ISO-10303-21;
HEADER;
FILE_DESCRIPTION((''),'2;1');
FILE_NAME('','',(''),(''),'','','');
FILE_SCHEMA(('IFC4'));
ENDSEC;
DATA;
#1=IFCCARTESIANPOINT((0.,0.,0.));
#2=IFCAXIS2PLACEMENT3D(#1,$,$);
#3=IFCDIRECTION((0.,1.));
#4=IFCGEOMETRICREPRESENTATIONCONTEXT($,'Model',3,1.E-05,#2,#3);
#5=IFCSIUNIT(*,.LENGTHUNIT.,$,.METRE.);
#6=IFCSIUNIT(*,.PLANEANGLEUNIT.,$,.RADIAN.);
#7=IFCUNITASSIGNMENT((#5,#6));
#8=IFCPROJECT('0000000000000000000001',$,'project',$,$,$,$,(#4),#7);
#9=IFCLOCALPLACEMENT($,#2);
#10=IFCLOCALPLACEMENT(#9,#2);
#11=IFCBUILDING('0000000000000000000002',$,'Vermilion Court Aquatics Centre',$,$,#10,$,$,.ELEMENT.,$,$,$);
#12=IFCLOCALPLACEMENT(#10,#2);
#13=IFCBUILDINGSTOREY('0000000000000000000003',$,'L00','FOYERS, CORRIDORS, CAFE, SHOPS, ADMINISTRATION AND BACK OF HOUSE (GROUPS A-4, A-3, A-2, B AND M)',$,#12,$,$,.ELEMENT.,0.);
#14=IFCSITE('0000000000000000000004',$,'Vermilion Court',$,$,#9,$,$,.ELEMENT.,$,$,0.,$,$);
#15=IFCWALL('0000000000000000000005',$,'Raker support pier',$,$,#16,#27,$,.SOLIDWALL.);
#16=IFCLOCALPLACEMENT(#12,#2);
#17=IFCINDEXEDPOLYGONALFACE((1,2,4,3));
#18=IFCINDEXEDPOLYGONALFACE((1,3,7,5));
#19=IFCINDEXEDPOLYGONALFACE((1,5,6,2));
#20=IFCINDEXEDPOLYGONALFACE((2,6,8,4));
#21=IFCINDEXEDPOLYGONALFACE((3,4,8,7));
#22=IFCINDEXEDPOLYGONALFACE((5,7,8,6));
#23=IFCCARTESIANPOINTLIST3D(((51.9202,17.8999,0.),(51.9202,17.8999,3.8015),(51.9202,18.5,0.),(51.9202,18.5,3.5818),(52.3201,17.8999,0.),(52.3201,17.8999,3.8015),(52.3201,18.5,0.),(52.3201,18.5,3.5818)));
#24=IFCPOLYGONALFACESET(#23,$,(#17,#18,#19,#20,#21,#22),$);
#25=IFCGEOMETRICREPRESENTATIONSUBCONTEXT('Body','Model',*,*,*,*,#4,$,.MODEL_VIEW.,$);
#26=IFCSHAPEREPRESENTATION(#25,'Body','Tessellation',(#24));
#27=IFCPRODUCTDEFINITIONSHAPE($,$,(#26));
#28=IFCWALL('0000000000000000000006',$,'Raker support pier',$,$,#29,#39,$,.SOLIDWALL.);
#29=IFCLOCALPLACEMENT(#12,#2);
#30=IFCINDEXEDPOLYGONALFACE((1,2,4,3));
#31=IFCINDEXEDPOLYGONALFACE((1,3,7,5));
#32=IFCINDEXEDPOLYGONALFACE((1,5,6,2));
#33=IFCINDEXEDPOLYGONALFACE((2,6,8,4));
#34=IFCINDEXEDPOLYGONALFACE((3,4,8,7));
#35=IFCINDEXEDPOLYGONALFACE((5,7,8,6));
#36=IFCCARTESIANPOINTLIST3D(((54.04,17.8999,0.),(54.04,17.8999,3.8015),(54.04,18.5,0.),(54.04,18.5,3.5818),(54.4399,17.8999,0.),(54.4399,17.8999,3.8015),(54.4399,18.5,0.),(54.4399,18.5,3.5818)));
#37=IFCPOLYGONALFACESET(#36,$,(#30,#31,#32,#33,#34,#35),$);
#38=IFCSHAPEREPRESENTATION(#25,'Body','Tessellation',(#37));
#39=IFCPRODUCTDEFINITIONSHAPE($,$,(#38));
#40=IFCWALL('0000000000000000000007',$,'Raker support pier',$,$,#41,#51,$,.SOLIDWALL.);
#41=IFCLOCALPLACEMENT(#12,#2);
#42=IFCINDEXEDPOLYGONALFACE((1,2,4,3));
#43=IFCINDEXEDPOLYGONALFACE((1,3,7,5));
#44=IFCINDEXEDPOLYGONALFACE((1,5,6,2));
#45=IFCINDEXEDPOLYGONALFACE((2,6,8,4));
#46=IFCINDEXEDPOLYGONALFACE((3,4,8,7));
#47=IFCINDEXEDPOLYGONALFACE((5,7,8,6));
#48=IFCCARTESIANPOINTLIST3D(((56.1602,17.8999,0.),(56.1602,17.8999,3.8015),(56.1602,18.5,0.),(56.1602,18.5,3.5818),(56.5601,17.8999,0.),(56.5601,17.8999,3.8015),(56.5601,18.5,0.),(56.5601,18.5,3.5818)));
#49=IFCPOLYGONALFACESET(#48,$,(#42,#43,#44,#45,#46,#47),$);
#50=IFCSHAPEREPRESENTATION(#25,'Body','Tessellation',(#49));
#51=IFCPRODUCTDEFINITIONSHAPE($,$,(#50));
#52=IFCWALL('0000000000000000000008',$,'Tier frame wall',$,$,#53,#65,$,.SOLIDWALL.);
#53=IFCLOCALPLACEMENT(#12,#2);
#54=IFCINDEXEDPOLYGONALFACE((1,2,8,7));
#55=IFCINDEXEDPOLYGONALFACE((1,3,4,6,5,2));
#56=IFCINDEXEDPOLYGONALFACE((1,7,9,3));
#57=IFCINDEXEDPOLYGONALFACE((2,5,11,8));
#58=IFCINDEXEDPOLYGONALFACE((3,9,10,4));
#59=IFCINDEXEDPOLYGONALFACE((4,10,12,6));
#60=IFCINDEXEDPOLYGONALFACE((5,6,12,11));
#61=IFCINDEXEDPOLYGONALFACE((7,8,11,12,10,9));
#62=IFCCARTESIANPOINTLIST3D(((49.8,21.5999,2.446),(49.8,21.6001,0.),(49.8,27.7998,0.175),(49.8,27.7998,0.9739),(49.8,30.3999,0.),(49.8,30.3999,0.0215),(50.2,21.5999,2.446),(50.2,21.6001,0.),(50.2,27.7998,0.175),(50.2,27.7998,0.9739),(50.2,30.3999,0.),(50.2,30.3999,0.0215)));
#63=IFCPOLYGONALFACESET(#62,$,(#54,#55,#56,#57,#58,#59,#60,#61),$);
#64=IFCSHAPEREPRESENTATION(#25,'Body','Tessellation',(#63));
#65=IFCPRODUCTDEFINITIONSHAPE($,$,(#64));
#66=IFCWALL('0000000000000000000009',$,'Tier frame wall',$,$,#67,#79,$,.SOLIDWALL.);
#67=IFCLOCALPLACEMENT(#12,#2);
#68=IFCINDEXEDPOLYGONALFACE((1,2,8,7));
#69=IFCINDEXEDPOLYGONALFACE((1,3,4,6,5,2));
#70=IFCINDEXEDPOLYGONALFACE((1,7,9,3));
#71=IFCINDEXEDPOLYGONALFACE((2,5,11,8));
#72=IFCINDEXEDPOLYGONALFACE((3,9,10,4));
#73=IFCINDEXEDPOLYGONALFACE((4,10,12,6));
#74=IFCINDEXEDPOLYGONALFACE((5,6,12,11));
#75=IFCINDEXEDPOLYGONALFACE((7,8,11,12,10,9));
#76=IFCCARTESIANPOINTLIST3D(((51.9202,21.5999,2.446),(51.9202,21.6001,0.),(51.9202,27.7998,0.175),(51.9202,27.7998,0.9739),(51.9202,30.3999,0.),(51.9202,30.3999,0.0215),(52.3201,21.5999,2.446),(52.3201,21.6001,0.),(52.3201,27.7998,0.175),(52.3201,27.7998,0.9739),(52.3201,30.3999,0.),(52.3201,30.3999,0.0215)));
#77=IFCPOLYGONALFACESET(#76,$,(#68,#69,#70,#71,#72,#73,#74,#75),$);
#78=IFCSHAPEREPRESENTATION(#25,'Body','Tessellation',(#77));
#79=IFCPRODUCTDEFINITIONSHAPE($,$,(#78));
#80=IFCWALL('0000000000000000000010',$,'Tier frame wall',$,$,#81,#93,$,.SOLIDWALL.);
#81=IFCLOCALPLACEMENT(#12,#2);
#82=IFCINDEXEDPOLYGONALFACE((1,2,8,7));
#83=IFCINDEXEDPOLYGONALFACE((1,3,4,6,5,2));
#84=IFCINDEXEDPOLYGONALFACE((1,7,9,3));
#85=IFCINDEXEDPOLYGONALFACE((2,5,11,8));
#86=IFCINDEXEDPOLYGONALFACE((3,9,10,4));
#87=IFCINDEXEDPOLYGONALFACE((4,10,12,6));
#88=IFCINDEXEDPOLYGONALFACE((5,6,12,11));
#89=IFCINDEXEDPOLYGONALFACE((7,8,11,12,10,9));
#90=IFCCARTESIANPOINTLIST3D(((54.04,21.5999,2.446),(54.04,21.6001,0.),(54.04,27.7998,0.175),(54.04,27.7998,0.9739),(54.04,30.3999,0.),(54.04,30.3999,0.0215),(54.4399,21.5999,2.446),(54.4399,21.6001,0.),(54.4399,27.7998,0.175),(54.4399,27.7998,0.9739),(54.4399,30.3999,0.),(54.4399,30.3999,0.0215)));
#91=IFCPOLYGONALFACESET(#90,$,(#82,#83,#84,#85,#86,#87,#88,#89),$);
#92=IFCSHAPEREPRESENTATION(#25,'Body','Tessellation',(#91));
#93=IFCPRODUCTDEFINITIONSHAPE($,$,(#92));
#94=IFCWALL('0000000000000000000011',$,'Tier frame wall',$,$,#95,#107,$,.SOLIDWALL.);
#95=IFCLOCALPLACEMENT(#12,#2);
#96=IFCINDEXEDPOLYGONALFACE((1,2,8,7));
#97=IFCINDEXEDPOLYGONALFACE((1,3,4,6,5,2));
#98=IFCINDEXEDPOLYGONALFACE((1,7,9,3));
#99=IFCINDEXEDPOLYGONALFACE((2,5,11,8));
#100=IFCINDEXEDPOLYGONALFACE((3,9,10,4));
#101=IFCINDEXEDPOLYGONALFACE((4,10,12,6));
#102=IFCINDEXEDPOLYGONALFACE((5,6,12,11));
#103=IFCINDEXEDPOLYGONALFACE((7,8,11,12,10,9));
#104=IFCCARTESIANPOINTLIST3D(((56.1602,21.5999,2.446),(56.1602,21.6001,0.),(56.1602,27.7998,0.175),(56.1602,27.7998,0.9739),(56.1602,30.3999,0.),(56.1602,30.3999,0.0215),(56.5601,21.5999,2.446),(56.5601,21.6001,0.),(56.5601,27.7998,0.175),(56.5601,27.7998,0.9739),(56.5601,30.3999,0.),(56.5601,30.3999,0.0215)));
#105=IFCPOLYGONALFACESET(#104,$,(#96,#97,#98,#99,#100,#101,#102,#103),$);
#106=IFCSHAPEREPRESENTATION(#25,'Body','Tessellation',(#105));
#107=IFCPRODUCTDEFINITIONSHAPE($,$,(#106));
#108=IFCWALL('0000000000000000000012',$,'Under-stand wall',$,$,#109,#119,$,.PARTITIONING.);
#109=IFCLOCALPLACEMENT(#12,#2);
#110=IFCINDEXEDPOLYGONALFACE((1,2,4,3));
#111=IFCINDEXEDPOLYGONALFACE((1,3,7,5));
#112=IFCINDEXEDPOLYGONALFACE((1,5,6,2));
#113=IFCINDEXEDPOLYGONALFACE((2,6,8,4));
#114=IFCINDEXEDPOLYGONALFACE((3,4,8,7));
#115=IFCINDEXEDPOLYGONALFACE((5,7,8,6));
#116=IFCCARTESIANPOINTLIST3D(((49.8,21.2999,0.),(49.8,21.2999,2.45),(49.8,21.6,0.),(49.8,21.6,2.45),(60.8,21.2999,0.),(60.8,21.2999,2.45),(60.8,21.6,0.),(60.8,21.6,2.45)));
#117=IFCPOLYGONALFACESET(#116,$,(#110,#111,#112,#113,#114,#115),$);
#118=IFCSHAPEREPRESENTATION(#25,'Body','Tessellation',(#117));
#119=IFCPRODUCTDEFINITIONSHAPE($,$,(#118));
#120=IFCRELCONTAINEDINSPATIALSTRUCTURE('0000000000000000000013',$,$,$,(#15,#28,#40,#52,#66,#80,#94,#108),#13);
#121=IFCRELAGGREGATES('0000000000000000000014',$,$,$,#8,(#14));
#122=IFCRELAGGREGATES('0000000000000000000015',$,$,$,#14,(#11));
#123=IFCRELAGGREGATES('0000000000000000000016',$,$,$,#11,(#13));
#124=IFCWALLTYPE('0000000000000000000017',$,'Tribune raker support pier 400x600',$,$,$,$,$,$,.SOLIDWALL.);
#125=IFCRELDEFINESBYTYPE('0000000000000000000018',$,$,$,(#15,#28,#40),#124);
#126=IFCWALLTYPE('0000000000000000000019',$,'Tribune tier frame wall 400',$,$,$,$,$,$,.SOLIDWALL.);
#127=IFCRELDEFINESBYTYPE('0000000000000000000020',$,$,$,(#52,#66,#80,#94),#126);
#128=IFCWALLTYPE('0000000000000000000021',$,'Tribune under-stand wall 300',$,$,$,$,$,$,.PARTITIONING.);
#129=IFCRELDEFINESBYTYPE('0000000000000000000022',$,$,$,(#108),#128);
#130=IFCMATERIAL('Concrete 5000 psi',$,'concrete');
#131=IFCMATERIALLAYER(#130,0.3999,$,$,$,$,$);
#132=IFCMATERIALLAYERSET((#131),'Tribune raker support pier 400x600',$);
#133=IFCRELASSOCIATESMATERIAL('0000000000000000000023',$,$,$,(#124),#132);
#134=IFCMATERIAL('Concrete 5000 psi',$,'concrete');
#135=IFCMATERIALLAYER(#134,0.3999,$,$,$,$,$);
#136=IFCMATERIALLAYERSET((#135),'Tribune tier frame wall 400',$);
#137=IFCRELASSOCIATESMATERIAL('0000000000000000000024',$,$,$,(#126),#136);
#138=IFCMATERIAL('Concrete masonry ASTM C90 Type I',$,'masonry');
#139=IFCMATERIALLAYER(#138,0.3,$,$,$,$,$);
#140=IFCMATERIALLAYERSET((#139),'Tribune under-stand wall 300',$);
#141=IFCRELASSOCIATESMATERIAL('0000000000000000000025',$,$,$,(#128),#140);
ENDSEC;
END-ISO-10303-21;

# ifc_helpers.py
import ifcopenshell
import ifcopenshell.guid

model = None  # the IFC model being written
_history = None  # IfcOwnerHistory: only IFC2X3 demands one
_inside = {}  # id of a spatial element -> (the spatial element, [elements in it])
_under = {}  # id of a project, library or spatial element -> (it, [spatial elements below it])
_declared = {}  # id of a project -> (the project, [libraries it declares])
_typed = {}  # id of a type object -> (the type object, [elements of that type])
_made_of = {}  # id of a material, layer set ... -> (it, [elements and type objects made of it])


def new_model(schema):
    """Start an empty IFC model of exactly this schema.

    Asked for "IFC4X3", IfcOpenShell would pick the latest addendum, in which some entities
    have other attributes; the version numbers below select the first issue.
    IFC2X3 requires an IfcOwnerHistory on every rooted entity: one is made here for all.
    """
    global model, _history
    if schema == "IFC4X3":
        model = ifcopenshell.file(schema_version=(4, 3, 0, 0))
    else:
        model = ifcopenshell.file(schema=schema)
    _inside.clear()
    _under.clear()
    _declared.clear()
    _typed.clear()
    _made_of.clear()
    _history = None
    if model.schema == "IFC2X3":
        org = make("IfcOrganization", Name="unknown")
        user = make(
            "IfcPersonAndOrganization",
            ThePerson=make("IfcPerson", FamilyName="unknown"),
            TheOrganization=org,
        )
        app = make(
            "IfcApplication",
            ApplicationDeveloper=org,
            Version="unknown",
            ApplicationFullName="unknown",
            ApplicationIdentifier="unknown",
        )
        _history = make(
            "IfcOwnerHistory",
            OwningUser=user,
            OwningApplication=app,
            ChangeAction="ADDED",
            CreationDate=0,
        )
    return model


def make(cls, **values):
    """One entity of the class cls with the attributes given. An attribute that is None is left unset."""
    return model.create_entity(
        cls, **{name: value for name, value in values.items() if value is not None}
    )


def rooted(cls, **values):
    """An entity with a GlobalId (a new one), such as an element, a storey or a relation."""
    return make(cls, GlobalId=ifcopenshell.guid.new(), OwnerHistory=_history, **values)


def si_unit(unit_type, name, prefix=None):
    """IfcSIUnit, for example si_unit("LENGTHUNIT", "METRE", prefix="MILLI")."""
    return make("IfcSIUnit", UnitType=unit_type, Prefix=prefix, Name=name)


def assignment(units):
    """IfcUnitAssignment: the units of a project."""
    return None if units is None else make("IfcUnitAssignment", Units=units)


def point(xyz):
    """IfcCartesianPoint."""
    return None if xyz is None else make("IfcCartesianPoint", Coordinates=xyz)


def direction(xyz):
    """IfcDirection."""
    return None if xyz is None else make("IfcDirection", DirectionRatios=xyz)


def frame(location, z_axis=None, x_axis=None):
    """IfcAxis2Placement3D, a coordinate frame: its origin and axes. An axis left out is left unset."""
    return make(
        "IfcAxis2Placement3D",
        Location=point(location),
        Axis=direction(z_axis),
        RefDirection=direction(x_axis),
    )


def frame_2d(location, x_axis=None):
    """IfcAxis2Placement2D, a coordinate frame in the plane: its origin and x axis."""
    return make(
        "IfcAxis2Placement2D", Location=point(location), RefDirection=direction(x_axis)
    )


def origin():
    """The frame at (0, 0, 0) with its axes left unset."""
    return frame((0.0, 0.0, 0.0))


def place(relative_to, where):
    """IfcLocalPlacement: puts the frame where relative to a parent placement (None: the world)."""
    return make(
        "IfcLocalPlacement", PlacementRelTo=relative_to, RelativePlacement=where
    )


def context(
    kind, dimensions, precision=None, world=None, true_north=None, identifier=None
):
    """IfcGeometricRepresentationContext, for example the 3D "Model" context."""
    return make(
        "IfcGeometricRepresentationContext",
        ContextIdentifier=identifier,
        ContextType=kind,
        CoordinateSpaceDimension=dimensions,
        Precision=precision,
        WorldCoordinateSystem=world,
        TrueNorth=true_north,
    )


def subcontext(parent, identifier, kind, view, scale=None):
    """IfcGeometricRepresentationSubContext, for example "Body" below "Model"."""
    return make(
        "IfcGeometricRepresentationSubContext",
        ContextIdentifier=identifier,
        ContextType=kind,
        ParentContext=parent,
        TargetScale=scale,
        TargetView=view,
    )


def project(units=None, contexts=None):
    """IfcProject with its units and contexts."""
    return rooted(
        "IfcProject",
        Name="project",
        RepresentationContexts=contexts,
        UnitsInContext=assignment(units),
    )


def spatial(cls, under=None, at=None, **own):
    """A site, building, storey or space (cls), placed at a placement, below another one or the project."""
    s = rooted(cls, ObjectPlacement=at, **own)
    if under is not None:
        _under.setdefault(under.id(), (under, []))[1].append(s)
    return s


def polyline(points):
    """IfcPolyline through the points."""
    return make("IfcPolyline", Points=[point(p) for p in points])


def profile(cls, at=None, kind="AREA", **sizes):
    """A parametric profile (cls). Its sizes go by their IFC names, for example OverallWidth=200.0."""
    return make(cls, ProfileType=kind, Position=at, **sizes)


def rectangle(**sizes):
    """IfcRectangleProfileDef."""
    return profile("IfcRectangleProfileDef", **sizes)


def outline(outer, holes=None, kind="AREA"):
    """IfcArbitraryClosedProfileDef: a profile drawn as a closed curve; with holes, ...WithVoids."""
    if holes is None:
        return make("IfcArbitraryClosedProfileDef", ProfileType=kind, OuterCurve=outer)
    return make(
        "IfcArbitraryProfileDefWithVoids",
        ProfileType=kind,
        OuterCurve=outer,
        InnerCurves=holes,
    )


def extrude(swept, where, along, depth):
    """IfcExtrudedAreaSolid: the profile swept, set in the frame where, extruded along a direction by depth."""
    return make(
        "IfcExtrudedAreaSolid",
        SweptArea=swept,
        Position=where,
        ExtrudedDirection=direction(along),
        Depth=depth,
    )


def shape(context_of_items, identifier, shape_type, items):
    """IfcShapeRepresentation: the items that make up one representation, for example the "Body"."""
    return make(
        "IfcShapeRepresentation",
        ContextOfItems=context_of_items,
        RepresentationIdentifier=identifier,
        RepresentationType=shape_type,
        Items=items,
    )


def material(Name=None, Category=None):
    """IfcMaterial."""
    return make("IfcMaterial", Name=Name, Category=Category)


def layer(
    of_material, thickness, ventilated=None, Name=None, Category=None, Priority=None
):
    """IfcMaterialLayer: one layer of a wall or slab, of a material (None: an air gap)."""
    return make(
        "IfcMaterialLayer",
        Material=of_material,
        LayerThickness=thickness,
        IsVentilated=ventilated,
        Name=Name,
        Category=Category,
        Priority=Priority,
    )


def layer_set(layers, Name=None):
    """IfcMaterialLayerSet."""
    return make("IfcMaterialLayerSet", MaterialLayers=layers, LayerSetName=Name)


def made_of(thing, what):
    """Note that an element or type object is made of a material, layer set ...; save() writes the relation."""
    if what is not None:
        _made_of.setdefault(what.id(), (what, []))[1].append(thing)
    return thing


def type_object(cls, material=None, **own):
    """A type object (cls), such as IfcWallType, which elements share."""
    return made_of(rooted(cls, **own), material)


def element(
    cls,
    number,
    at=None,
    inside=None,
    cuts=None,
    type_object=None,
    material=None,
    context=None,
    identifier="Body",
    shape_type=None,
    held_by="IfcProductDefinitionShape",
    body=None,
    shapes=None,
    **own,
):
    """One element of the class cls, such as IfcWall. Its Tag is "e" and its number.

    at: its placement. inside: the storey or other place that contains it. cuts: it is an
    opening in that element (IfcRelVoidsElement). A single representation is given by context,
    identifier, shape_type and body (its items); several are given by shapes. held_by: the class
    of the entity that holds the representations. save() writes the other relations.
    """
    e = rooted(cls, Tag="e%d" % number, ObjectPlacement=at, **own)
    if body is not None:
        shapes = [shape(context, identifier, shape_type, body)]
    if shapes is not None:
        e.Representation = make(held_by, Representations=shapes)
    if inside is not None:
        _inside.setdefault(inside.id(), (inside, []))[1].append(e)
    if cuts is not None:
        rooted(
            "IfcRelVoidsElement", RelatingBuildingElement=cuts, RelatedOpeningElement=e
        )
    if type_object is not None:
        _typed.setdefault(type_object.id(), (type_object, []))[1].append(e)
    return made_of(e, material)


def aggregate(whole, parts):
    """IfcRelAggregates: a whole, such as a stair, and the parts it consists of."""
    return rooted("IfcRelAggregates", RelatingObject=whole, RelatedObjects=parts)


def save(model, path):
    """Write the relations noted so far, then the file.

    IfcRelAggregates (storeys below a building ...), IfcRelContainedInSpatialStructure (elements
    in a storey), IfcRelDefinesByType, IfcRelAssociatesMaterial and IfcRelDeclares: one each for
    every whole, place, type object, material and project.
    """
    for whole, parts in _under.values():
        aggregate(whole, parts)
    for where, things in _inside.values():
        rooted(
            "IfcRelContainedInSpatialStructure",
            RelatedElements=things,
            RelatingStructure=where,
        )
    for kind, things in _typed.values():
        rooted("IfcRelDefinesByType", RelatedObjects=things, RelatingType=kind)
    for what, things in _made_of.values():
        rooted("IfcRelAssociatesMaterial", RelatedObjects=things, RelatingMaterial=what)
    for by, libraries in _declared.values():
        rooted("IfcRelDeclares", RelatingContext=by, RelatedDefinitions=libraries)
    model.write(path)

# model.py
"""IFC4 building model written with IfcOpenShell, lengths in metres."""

from ifc_helpers import new_model, si_unit, direction, frame, frame_2d, origin, place, context, subcontext, project, spatial, polyline, rectangle, outline, extrude, material, layer, layer_set, type_object, element, save


model = new_model("IFC4")

# Units and contexts
model_context = context("Model", 3, precision=1e-05, world=origin(), true_north=direction((0.0, 1.0)))
body_context = subcontext(model_context, "Body", "Model", "MODEL_VIEW")
ifc_project = project(units=[si_unit("LENGTHUNIT", "METRE"), si_unit("PLANEANGLEUNIT", "RADIAN")], contexts=[model_context])

# Site, building, storey
site_placement = place(None, origin())
site = spatial("IfcSite", under=ifc_project, at=site_placement, Name="Vermilion Court", CompositionType="ELEMENT", RefElevation=0.0)
building_placement = place(site_placement, origin())
building = spatial("IfcBuilding", under=site, at=building_placement, Name="Vermilion Court Aquatics Centre", CompositionType="ELEMENT")
storey_placement = place(building_placement, origin())
storey = spatial("IfcBuildingStorey", under=building, at=storey_placement, Name="L00", Description="FOYERS, CORRIDORS, CAFE, SHOPS, ADMINISTRATION AND BACK OF HOUSE (GROUPS A-4, A-3, A-2, B AND M)", CompositionType="ELEMENT", Elevation=0.0)

# Walls
ifc_material_1 = material(Name="Concrete 5000 psi", Category="concrete")
ifc_layer_1 = layer(ifc_material_1, 0.3999)
ifc_layer_set_1 = layer_set([ifc_layer_1], Name="Tribune raker support pier 400x600")
wall_type_1 = type_object("IfcWallType", Name="Tribune raker support pier 400x600", PredefinedType="SOLIDWALL", material=ifc_layer_set_1)
for number, where, z_axis, x_axis, name in (
    (1, (52.1201, 18.5, 0.0), (0.0, 0.0, 1.0), (0.0, -1.0, 0.0), "Raker support pier"),
    (2, (54.24, 18.5, 0.0), (0.0, 0.0, 1.0), (0.0, -1.0, 0.0), "Raker support pier"),
    (3, (56.3601, 18.5, 0.0), (0.0, 0.0, 1.0), (0.0, -1.0, 0.0), "Raker support pier"),
):
    element("IfcWall", number, at=place(storey_placement, frame(where, z_axis=z_axis, x_axis=x_axis)), inside=storey, type_object=wall_type_1, Name=name, PredefinedType="SOLIDWALL", context=body_context, shape_type="SweptSolid", body=[
        extrude(outline(polyline([(0.0, 0.0), (0.6001, 0.0), (0.6001, 3.8015), (0.0, 3.5818), (0.0, 0.0)])), frame((0.0, 0.2, 0.0), z_axis=(0.0, -1.0, 0.0), x_axis=(1.0, 0.0, 0.0)), (0.0, 0.0, 1.0), 0.3999),
    ])
ifc_material_2 = material(Name="Concrete 5000 psi", Category="concrete")
ifc_layer_2 = layer(ifc_material_2, 0.3999)
ifc_layer_set_2 = layer_set([ifc_layer_2], Name="Tribune tier frame wall 400")
wall_type_2 = type_object("IfcWallType", Name="Tribune tier frame wall 400", PredefinedType="SOLIDWALL", material=ifc_layer_set_2)
for number, where, z_axis, x_axis, name in (
    (4, (50.0, 30.3999, 0.0), (0.0, 0.0, 1.0), (0.0, -1.0, 0.0), "Tier frame wall"),
    (5, (52.1201, 30.3999, 0.0), (0.0, 0.0, 1.0), (0.0, -1.0, 0.0), "Tier frame wall"),
    (6, (54.24, 30.3999, 0.0), (0.0, 0.0, 1.0), (0.0, -1.0, 0.0), "Tier frame wall"),
    (7, (56.3601, 30.3999, 0.0), (0.0, 0.0, 1.0), (0.0, -1.0, 0.0), "Tier frame wall"),
):
    element("IfcWall", number, at=place(storey_placement, frame(where, z_axis=z_axis, x_axis=x_axis)), inside=storey, type_object=wall_type_2, Name=name, PredefinedType="SOLIDWALL", context=body_context, shape_type="SweptSolid", body=[
        extrude(outline(polyline([(0.0, 0.0), (8.7998, 0.0), (8.8, 2.446), (2.6001, 0.175), (2.6001, 0.9739), (0.0, 0.0215), (0.0, 0.0)])), frame((0.0, 0.2, 0.0), z_axis=(0.0, -1.0, 0.0), x_axis=(1.0, 0.0, 0.0)), (0.0, 0.0, 1.0), 0.3999),
    ])
ifc_material_3 = material(Name="Concrete masonry ASTM C90 Type I", Category="masonry")
ifc_layer_3 = layer(ifc_material_3, 0.3)
ifc_layer_set_3 = layer_set([ifc_layer_3], Name="Tribune under-stand wall 300")
wall_type_3 = type_object("IfcWallType", Name="Tribune under-stand wall 300", PredefinedType="PARTITIONING", material=ifc_layer_set_3)
wall_1_placement = place(storey_placement, frame((49.8, 21.45, 0.0), z_axis=(0.0, 0.0, 1.0), x_axis=(1.0, 0.0, 0.0)))
element("IfcWall", 8, at=wall_1_placement, inside=storey, type_object=wall_type_3, Name="Under-stand wall", PredefinedType="PARTITIONING", context=body_context, shape_type="SweptSolid", body=[
    extrude(rectangle(XDim=11.0, YDim=0.3, at=frame_2d((5.5, 0.0))), origin(), (0.0, 0.0, 1.0), 2.45),
])

save(model, "model.ifc")
